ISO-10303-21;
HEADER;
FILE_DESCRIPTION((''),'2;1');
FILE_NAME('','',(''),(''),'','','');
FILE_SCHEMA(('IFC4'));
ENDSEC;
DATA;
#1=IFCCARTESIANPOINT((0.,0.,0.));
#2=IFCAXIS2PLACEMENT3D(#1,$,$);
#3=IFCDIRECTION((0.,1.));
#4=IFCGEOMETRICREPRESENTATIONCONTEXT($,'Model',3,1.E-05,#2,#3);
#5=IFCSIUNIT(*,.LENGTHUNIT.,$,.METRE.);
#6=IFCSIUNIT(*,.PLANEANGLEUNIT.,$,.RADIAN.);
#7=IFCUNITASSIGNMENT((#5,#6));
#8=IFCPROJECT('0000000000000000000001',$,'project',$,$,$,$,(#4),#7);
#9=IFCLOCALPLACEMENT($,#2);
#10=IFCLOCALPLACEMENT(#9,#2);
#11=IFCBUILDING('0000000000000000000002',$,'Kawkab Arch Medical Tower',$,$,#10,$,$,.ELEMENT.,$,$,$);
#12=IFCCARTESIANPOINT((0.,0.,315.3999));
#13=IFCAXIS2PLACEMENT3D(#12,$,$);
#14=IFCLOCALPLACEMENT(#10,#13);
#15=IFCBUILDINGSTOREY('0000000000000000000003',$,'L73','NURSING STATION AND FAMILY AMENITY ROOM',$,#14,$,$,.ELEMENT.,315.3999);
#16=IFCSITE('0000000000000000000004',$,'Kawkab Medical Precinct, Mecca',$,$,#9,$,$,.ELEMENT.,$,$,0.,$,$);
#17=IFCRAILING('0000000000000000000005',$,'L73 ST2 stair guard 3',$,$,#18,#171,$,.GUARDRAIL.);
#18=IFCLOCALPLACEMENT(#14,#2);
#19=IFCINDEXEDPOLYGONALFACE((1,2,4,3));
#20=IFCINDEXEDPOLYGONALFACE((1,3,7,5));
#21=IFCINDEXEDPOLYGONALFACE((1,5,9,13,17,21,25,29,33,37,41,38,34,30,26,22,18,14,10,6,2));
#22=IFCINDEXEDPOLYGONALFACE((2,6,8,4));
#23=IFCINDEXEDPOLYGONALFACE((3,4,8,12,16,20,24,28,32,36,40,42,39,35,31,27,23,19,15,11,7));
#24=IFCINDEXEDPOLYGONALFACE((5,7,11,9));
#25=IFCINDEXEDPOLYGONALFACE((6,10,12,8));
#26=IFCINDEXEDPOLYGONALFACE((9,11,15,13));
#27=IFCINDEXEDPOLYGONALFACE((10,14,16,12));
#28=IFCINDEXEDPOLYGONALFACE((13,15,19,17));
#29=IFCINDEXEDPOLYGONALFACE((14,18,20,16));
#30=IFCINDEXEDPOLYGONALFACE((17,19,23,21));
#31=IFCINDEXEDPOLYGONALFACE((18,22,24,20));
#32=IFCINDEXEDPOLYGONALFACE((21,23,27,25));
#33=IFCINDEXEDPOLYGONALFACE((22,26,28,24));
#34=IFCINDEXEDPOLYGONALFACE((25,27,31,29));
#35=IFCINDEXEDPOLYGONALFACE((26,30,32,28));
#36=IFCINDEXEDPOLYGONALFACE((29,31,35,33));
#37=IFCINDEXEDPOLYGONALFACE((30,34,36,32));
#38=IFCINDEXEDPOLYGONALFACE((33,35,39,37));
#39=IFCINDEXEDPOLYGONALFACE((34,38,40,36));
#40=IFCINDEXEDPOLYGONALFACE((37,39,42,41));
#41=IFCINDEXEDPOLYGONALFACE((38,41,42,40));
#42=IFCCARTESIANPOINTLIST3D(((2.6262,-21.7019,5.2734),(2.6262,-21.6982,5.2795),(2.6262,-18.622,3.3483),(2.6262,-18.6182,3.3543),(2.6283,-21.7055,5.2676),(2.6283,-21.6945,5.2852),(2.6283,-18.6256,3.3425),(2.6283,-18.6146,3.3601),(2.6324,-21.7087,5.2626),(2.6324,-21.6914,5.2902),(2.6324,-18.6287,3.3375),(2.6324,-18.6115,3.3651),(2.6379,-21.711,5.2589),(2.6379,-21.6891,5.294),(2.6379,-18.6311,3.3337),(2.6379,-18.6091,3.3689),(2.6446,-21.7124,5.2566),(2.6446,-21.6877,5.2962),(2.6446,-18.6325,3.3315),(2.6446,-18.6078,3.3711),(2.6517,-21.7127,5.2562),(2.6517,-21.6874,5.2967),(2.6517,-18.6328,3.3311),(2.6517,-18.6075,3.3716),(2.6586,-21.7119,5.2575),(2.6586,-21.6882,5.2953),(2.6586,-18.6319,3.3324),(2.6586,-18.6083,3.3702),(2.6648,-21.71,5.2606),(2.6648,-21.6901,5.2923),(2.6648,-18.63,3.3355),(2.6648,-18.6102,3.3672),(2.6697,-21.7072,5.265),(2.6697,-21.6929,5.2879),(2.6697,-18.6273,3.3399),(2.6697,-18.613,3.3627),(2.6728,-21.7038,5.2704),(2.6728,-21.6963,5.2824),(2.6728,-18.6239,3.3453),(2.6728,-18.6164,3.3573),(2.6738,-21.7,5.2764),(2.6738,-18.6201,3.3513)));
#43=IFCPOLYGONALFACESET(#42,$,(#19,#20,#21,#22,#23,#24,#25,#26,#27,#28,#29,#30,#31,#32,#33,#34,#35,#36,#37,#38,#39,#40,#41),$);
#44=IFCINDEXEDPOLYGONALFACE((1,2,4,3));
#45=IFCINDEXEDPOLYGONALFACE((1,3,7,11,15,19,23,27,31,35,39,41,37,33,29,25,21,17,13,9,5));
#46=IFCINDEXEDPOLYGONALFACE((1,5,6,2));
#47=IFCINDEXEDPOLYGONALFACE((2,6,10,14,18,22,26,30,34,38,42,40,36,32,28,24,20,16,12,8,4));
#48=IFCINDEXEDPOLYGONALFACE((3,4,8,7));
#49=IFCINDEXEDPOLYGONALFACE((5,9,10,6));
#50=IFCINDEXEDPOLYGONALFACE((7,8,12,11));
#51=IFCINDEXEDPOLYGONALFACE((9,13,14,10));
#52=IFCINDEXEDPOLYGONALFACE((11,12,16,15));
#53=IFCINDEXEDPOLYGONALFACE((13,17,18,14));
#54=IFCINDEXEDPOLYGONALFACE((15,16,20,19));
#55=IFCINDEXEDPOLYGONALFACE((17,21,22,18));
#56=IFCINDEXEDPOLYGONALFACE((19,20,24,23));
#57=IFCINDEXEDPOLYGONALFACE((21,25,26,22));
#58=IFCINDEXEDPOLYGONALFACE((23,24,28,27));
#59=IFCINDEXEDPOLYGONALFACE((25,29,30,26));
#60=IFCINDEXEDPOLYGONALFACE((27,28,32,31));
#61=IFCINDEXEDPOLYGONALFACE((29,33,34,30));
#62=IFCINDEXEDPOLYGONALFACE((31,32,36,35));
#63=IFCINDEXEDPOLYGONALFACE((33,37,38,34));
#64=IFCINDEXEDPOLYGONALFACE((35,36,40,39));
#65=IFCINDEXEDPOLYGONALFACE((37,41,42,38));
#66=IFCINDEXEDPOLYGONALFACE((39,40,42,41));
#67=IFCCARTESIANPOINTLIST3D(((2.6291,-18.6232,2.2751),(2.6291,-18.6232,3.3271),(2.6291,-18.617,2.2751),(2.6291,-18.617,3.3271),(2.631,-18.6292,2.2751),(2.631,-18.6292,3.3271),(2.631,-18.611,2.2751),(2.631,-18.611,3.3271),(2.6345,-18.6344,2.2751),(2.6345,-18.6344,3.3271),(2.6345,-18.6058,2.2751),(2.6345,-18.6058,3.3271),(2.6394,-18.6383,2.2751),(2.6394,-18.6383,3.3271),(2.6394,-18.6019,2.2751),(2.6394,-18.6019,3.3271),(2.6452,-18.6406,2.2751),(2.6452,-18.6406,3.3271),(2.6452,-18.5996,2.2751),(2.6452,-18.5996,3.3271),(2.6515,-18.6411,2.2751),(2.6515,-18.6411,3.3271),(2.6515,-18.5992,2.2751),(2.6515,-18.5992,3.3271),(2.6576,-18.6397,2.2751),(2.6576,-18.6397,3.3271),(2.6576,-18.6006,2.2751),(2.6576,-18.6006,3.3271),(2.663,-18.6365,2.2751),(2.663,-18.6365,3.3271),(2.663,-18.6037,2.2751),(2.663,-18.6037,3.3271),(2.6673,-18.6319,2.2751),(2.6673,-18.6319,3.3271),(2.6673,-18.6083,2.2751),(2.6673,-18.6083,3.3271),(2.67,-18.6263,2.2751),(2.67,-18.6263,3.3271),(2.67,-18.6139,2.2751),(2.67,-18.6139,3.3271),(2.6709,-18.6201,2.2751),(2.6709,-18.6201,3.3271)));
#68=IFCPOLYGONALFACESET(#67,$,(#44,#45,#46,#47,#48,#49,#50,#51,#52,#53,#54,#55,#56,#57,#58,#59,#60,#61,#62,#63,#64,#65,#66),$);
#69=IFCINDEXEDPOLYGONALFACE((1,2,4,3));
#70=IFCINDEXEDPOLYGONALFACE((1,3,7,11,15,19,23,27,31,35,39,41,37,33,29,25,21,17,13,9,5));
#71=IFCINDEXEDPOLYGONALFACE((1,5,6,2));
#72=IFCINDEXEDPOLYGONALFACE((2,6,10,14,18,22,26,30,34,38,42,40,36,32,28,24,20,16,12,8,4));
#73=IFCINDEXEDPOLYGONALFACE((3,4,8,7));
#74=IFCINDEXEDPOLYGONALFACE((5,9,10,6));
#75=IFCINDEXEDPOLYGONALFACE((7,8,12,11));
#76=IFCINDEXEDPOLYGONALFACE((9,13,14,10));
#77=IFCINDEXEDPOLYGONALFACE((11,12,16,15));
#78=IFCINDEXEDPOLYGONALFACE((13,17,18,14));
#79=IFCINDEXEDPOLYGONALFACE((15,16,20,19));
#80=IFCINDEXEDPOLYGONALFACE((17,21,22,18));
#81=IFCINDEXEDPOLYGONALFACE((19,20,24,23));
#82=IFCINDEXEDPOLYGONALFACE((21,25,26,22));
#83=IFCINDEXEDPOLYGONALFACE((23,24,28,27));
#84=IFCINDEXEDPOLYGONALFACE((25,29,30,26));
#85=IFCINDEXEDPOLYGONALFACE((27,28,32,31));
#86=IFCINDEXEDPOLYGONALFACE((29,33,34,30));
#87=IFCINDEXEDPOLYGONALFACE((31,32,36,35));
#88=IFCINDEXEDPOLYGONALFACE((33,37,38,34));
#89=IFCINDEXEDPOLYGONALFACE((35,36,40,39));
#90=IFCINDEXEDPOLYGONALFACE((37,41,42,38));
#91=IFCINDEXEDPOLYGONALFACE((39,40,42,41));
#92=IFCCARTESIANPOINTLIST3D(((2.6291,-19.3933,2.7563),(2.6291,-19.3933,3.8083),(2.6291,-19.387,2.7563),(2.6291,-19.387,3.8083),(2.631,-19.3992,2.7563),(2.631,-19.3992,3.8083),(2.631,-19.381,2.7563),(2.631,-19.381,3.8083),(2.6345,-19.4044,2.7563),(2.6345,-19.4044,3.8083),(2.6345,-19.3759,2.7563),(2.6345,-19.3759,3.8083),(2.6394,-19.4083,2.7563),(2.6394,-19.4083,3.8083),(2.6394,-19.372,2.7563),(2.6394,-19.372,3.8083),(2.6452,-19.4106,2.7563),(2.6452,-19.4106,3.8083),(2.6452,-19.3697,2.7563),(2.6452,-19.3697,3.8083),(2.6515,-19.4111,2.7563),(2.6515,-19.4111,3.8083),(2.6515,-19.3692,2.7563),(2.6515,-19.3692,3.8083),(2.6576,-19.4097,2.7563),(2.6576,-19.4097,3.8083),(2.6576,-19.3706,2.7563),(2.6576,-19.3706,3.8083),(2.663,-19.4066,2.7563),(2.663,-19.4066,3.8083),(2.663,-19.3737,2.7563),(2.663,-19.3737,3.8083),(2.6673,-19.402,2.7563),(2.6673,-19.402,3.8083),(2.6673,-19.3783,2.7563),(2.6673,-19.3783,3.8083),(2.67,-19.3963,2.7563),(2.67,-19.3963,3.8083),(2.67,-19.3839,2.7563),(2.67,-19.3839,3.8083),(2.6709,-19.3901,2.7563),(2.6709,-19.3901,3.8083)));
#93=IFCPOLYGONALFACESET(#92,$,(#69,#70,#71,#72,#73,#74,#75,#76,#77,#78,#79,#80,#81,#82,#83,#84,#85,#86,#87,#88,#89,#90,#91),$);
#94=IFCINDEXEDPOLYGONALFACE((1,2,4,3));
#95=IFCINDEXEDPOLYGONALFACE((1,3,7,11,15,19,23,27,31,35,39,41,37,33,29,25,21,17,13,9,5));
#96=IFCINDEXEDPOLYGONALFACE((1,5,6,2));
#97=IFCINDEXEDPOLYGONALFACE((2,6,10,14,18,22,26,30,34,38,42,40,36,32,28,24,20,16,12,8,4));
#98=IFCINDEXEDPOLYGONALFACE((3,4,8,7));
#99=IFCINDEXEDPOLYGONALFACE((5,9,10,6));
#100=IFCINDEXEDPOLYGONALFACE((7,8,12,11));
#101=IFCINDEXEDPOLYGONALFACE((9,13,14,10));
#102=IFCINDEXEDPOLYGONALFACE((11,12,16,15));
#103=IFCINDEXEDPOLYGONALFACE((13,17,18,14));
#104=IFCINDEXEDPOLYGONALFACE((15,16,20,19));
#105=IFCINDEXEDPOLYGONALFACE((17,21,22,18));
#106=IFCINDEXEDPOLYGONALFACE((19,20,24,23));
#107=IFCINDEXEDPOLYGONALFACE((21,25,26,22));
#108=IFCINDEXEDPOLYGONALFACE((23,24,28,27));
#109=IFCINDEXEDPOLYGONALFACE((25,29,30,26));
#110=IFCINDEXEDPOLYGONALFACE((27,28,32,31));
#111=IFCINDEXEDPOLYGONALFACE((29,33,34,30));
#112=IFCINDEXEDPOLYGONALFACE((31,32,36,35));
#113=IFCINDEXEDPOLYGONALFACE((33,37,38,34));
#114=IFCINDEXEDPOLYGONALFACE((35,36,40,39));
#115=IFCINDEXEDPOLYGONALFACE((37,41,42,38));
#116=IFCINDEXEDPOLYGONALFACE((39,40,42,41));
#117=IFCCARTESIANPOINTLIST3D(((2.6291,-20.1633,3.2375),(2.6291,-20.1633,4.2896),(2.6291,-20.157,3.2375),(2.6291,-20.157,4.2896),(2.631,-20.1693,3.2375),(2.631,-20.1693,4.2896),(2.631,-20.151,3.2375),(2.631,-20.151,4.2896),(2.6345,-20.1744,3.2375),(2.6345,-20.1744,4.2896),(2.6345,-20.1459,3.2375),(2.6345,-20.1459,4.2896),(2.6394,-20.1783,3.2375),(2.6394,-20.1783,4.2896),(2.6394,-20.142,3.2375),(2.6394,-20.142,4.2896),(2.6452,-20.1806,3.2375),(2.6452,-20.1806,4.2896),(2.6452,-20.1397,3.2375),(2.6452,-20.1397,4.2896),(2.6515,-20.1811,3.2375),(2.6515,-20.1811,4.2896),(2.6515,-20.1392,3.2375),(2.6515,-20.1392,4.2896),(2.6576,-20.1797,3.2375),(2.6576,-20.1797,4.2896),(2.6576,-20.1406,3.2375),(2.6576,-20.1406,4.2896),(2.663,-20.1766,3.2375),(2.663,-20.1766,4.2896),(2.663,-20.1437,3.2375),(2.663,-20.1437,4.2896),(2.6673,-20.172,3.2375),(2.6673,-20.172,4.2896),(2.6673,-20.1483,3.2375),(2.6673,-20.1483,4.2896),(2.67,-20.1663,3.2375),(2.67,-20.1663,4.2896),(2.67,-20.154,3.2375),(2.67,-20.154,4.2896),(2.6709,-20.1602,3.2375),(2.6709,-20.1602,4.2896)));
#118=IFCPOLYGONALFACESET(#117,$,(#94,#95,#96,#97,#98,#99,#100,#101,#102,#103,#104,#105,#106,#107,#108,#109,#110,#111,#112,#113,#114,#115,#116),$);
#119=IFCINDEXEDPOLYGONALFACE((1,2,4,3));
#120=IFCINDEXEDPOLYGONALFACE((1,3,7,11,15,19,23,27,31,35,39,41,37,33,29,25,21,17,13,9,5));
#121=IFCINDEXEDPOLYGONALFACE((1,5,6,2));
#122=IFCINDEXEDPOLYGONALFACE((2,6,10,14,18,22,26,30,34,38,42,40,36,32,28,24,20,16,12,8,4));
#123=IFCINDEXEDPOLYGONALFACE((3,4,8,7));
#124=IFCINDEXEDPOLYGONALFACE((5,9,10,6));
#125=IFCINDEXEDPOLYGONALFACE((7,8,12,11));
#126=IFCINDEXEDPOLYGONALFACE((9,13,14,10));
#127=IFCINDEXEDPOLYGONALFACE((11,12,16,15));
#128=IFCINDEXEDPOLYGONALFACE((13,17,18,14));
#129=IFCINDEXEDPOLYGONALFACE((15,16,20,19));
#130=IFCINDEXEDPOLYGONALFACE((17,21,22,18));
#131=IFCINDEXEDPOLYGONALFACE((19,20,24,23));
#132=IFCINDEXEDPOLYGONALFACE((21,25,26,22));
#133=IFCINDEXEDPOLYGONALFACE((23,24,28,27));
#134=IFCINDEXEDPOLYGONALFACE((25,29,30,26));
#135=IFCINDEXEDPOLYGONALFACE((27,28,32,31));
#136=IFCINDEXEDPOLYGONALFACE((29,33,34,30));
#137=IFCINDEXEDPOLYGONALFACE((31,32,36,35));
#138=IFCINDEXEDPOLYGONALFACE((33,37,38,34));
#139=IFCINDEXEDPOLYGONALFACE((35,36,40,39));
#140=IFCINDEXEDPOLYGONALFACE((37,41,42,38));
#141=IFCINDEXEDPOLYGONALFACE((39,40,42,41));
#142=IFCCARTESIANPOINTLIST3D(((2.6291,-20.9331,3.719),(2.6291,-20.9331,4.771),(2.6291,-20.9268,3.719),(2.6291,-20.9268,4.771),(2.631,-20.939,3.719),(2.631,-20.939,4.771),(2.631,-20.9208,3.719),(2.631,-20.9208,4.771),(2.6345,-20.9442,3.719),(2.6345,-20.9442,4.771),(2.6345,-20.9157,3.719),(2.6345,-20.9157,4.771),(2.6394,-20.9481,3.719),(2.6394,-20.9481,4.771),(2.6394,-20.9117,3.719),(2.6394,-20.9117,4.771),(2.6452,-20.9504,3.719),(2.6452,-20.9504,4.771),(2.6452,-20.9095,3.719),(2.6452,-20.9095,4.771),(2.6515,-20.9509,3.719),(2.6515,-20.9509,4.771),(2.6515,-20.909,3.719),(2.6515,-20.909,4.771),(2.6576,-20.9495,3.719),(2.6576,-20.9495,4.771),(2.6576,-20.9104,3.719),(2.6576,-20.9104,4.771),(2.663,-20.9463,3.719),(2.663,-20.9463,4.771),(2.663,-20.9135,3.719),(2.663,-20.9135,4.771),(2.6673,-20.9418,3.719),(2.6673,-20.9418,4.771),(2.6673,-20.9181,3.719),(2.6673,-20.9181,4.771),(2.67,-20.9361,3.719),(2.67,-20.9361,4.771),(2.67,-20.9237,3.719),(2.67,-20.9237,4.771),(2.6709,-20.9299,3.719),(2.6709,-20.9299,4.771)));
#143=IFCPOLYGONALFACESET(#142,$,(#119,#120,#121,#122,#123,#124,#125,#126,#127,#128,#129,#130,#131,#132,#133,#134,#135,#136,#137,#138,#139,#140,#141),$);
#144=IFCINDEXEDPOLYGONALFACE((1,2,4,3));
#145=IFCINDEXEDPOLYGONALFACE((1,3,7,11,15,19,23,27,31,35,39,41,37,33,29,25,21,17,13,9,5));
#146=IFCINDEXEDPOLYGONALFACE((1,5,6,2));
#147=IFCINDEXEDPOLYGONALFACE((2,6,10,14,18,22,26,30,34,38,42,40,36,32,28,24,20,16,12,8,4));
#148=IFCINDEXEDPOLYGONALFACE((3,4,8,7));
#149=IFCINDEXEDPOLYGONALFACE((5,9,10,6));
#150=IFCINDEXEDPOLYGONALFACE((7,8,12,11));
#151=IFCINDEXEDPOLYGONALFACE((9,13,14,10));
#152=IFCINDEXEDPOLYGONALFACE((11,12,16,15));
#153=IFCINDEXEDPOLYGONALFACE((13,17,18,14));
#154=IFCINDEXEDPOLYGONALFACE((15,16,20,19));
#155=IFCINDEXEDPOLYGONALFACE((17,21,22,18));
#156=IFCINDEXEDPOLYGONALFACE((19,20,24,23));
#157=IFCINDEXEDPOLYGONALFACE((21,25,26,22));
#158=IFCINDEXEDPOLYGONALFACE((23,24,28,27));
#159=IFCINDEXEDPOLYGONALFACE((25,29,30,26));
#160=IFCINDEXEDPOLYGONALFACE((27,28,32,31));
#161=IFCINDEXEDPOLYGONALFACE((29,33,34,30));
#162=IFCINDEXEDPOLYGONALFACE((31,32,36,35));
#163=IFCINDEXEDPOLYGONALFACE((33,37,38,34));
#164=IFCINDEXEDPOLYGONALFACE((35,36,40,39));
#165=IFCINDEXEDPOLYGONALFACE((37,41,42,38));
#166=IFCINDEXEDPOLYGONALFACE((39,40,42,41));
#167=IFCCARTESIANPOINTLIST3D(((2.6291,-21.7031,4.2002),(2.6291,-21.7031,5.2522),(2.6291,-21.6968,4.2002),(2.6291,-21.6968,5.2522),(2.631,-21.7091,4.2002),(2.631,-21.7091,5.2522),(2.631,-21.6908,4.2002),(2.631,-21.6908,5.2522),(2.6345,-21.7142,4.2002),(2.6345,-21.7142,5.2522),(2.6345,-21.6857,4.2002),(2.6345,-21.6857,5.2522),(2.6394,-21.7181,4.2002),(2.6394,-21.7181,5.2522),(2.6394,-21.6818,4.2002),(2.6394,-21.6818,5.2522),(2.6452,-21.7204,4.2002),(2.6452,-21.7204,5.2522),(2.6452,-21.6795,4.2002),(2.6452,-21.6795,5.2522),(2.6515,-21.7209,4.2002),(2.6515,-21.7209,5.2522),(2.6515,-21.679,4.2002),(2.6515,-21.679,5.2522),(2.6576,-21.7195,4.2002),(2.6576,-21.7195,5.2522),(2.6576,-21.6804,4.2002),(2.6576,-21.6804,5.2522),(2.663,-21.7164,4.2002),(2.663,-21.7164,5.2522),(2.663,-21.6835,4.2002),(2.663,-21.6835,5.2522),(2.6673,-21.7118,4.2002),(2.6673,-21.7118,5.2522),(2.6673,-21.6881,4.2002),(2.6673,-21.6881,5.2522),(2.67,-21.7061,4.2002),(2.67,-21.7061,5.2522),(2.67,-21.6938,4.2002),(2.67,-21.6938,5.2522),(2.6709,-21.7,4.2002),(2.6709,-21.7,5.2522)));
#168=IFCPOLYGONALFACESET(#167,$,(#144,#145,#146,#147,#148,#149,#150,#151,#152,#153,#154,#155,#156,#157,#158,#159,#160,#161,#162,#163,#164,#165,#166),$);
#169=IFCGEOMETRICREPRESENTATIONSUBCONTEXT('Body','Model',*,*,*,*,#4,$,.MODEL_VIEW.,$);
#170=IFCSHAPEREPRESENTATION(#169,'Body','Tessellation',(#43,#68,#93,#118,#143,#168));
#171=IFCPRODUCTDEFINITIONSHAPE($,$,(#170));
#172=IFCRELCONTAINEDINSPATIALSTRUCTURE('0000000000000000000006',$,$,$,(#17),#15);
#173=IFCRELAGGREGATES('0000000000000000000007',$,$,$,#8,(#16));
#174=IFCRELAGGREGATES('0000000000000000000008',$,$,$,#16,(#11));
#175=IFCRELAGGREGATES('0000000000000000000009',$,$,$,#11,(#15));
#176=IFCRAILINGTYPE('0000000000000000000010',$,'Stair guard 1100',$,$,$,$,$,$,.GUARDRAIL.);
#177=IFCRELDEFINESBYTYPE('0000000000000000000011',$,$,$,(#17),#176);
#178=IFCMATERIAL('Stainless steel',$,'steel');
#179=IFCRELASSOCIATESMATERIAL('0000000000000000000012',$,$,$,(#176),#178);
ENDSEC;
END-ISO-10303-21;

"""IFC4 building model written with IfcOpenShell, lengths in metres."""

from ifc_helpers import new_model, si_unit, direction, frame, origin, origin_2d, place, context, subcontext, project, spatial, circle, extrude, material, type_object, element, save


model = new_model("IFC4")

# Units and contexts
model_context = context("Model", 3, precision=1e-05, world=origin(), true_north=direction((0.0, 1.0)))
body_context = subcontext(model_context, "Body", "Model", "MODEL_VIEW")
ifc_project = project(units=[si_unit("LENGTHUNIT", "METRE"), si_unit("PLANEANGLEUNIT", "RADIAN")], contexts=[model_context])

# Site, building, storey
site_placement = place(None, origin())
site = spatial("IfcSite", under=ifc_project, at=site_placement, Name="Kawkab Medical Precinct, Mecca", CompositionType="ELEMENT", RefElevation=0.0)
building_placement = place(site_placement, origin())
building = spatial("IfcBuilding", under=site, at=building_placement, Name="Kawkab Arch Medical Tower", CompositionType="ELEMENT")
storey_placement = place(building_placement, frame((0.0, 0.0, 315.3999)))
storey = spatial("IfcBuildingStorey", under=building, at=storey_placement, Name="L73", Description="NURSING STATION AND FAMILY AMENITY ROOM", CompositionType="ELEMENT", Elevation=315.3999)

# Railing
ifc_material_1 = material(Name="Stainless steel", Category="steel")
railing_type = type_object("IfcRailingType", Name="Stair guard 1100", PredefinedType="GUARDRAIL", material=ifc_material_1)
railing_1_placement = place(storey_placement, frame((2.6499, -18.6201, 2.2751)))
element("IfcRailing", 1, at=railing_1_placement, inside=storey, type_object=railing_type, Name="L73 ST2 stair guard 3", PredefinedType="GUARDRAIL", context=body_context, shape_type="SweptSolid", body=[
    extrude(circle(Radius=0.0239, at=origin_2d()), frame((0.0, 0.0, 1.0762), z_axis=(0.0, -0.847979, 0.530029), x_axis=(1.0, 0.0, 0.0)), (0.0, 0.0, 1.0), 3.6321),
    extrude(circle(Radius=0.021, at=origin_2d()), origin(), (0.0, 0.0, 1.0), 1.052),
    extrude(circle(Radius=0.021, at=origin_2d()), frame((0.0, -0.77, 0.4812)), (0.0, 0.0, 1.0), 1.052),
    extrude(circle(Radius=0.021, at=origin_2d()), frame((0.0, -1.54, 0.9624)), (0.0, 0.0, 1.0), 1.052),
    extrude(circle(Radius=0.021, at=origin_2d()), frame((0.0, -2.3098, 1.4438)), (0.0, 0.0, 1.0), 1.052),
    extrude(circle(Radius=0.021, at=origin_2d()), frame((0.0, -3.0798, 1.925)), (0.0, 0.0, 1.0), 1.052),
])

save(model, "model.ifc")
